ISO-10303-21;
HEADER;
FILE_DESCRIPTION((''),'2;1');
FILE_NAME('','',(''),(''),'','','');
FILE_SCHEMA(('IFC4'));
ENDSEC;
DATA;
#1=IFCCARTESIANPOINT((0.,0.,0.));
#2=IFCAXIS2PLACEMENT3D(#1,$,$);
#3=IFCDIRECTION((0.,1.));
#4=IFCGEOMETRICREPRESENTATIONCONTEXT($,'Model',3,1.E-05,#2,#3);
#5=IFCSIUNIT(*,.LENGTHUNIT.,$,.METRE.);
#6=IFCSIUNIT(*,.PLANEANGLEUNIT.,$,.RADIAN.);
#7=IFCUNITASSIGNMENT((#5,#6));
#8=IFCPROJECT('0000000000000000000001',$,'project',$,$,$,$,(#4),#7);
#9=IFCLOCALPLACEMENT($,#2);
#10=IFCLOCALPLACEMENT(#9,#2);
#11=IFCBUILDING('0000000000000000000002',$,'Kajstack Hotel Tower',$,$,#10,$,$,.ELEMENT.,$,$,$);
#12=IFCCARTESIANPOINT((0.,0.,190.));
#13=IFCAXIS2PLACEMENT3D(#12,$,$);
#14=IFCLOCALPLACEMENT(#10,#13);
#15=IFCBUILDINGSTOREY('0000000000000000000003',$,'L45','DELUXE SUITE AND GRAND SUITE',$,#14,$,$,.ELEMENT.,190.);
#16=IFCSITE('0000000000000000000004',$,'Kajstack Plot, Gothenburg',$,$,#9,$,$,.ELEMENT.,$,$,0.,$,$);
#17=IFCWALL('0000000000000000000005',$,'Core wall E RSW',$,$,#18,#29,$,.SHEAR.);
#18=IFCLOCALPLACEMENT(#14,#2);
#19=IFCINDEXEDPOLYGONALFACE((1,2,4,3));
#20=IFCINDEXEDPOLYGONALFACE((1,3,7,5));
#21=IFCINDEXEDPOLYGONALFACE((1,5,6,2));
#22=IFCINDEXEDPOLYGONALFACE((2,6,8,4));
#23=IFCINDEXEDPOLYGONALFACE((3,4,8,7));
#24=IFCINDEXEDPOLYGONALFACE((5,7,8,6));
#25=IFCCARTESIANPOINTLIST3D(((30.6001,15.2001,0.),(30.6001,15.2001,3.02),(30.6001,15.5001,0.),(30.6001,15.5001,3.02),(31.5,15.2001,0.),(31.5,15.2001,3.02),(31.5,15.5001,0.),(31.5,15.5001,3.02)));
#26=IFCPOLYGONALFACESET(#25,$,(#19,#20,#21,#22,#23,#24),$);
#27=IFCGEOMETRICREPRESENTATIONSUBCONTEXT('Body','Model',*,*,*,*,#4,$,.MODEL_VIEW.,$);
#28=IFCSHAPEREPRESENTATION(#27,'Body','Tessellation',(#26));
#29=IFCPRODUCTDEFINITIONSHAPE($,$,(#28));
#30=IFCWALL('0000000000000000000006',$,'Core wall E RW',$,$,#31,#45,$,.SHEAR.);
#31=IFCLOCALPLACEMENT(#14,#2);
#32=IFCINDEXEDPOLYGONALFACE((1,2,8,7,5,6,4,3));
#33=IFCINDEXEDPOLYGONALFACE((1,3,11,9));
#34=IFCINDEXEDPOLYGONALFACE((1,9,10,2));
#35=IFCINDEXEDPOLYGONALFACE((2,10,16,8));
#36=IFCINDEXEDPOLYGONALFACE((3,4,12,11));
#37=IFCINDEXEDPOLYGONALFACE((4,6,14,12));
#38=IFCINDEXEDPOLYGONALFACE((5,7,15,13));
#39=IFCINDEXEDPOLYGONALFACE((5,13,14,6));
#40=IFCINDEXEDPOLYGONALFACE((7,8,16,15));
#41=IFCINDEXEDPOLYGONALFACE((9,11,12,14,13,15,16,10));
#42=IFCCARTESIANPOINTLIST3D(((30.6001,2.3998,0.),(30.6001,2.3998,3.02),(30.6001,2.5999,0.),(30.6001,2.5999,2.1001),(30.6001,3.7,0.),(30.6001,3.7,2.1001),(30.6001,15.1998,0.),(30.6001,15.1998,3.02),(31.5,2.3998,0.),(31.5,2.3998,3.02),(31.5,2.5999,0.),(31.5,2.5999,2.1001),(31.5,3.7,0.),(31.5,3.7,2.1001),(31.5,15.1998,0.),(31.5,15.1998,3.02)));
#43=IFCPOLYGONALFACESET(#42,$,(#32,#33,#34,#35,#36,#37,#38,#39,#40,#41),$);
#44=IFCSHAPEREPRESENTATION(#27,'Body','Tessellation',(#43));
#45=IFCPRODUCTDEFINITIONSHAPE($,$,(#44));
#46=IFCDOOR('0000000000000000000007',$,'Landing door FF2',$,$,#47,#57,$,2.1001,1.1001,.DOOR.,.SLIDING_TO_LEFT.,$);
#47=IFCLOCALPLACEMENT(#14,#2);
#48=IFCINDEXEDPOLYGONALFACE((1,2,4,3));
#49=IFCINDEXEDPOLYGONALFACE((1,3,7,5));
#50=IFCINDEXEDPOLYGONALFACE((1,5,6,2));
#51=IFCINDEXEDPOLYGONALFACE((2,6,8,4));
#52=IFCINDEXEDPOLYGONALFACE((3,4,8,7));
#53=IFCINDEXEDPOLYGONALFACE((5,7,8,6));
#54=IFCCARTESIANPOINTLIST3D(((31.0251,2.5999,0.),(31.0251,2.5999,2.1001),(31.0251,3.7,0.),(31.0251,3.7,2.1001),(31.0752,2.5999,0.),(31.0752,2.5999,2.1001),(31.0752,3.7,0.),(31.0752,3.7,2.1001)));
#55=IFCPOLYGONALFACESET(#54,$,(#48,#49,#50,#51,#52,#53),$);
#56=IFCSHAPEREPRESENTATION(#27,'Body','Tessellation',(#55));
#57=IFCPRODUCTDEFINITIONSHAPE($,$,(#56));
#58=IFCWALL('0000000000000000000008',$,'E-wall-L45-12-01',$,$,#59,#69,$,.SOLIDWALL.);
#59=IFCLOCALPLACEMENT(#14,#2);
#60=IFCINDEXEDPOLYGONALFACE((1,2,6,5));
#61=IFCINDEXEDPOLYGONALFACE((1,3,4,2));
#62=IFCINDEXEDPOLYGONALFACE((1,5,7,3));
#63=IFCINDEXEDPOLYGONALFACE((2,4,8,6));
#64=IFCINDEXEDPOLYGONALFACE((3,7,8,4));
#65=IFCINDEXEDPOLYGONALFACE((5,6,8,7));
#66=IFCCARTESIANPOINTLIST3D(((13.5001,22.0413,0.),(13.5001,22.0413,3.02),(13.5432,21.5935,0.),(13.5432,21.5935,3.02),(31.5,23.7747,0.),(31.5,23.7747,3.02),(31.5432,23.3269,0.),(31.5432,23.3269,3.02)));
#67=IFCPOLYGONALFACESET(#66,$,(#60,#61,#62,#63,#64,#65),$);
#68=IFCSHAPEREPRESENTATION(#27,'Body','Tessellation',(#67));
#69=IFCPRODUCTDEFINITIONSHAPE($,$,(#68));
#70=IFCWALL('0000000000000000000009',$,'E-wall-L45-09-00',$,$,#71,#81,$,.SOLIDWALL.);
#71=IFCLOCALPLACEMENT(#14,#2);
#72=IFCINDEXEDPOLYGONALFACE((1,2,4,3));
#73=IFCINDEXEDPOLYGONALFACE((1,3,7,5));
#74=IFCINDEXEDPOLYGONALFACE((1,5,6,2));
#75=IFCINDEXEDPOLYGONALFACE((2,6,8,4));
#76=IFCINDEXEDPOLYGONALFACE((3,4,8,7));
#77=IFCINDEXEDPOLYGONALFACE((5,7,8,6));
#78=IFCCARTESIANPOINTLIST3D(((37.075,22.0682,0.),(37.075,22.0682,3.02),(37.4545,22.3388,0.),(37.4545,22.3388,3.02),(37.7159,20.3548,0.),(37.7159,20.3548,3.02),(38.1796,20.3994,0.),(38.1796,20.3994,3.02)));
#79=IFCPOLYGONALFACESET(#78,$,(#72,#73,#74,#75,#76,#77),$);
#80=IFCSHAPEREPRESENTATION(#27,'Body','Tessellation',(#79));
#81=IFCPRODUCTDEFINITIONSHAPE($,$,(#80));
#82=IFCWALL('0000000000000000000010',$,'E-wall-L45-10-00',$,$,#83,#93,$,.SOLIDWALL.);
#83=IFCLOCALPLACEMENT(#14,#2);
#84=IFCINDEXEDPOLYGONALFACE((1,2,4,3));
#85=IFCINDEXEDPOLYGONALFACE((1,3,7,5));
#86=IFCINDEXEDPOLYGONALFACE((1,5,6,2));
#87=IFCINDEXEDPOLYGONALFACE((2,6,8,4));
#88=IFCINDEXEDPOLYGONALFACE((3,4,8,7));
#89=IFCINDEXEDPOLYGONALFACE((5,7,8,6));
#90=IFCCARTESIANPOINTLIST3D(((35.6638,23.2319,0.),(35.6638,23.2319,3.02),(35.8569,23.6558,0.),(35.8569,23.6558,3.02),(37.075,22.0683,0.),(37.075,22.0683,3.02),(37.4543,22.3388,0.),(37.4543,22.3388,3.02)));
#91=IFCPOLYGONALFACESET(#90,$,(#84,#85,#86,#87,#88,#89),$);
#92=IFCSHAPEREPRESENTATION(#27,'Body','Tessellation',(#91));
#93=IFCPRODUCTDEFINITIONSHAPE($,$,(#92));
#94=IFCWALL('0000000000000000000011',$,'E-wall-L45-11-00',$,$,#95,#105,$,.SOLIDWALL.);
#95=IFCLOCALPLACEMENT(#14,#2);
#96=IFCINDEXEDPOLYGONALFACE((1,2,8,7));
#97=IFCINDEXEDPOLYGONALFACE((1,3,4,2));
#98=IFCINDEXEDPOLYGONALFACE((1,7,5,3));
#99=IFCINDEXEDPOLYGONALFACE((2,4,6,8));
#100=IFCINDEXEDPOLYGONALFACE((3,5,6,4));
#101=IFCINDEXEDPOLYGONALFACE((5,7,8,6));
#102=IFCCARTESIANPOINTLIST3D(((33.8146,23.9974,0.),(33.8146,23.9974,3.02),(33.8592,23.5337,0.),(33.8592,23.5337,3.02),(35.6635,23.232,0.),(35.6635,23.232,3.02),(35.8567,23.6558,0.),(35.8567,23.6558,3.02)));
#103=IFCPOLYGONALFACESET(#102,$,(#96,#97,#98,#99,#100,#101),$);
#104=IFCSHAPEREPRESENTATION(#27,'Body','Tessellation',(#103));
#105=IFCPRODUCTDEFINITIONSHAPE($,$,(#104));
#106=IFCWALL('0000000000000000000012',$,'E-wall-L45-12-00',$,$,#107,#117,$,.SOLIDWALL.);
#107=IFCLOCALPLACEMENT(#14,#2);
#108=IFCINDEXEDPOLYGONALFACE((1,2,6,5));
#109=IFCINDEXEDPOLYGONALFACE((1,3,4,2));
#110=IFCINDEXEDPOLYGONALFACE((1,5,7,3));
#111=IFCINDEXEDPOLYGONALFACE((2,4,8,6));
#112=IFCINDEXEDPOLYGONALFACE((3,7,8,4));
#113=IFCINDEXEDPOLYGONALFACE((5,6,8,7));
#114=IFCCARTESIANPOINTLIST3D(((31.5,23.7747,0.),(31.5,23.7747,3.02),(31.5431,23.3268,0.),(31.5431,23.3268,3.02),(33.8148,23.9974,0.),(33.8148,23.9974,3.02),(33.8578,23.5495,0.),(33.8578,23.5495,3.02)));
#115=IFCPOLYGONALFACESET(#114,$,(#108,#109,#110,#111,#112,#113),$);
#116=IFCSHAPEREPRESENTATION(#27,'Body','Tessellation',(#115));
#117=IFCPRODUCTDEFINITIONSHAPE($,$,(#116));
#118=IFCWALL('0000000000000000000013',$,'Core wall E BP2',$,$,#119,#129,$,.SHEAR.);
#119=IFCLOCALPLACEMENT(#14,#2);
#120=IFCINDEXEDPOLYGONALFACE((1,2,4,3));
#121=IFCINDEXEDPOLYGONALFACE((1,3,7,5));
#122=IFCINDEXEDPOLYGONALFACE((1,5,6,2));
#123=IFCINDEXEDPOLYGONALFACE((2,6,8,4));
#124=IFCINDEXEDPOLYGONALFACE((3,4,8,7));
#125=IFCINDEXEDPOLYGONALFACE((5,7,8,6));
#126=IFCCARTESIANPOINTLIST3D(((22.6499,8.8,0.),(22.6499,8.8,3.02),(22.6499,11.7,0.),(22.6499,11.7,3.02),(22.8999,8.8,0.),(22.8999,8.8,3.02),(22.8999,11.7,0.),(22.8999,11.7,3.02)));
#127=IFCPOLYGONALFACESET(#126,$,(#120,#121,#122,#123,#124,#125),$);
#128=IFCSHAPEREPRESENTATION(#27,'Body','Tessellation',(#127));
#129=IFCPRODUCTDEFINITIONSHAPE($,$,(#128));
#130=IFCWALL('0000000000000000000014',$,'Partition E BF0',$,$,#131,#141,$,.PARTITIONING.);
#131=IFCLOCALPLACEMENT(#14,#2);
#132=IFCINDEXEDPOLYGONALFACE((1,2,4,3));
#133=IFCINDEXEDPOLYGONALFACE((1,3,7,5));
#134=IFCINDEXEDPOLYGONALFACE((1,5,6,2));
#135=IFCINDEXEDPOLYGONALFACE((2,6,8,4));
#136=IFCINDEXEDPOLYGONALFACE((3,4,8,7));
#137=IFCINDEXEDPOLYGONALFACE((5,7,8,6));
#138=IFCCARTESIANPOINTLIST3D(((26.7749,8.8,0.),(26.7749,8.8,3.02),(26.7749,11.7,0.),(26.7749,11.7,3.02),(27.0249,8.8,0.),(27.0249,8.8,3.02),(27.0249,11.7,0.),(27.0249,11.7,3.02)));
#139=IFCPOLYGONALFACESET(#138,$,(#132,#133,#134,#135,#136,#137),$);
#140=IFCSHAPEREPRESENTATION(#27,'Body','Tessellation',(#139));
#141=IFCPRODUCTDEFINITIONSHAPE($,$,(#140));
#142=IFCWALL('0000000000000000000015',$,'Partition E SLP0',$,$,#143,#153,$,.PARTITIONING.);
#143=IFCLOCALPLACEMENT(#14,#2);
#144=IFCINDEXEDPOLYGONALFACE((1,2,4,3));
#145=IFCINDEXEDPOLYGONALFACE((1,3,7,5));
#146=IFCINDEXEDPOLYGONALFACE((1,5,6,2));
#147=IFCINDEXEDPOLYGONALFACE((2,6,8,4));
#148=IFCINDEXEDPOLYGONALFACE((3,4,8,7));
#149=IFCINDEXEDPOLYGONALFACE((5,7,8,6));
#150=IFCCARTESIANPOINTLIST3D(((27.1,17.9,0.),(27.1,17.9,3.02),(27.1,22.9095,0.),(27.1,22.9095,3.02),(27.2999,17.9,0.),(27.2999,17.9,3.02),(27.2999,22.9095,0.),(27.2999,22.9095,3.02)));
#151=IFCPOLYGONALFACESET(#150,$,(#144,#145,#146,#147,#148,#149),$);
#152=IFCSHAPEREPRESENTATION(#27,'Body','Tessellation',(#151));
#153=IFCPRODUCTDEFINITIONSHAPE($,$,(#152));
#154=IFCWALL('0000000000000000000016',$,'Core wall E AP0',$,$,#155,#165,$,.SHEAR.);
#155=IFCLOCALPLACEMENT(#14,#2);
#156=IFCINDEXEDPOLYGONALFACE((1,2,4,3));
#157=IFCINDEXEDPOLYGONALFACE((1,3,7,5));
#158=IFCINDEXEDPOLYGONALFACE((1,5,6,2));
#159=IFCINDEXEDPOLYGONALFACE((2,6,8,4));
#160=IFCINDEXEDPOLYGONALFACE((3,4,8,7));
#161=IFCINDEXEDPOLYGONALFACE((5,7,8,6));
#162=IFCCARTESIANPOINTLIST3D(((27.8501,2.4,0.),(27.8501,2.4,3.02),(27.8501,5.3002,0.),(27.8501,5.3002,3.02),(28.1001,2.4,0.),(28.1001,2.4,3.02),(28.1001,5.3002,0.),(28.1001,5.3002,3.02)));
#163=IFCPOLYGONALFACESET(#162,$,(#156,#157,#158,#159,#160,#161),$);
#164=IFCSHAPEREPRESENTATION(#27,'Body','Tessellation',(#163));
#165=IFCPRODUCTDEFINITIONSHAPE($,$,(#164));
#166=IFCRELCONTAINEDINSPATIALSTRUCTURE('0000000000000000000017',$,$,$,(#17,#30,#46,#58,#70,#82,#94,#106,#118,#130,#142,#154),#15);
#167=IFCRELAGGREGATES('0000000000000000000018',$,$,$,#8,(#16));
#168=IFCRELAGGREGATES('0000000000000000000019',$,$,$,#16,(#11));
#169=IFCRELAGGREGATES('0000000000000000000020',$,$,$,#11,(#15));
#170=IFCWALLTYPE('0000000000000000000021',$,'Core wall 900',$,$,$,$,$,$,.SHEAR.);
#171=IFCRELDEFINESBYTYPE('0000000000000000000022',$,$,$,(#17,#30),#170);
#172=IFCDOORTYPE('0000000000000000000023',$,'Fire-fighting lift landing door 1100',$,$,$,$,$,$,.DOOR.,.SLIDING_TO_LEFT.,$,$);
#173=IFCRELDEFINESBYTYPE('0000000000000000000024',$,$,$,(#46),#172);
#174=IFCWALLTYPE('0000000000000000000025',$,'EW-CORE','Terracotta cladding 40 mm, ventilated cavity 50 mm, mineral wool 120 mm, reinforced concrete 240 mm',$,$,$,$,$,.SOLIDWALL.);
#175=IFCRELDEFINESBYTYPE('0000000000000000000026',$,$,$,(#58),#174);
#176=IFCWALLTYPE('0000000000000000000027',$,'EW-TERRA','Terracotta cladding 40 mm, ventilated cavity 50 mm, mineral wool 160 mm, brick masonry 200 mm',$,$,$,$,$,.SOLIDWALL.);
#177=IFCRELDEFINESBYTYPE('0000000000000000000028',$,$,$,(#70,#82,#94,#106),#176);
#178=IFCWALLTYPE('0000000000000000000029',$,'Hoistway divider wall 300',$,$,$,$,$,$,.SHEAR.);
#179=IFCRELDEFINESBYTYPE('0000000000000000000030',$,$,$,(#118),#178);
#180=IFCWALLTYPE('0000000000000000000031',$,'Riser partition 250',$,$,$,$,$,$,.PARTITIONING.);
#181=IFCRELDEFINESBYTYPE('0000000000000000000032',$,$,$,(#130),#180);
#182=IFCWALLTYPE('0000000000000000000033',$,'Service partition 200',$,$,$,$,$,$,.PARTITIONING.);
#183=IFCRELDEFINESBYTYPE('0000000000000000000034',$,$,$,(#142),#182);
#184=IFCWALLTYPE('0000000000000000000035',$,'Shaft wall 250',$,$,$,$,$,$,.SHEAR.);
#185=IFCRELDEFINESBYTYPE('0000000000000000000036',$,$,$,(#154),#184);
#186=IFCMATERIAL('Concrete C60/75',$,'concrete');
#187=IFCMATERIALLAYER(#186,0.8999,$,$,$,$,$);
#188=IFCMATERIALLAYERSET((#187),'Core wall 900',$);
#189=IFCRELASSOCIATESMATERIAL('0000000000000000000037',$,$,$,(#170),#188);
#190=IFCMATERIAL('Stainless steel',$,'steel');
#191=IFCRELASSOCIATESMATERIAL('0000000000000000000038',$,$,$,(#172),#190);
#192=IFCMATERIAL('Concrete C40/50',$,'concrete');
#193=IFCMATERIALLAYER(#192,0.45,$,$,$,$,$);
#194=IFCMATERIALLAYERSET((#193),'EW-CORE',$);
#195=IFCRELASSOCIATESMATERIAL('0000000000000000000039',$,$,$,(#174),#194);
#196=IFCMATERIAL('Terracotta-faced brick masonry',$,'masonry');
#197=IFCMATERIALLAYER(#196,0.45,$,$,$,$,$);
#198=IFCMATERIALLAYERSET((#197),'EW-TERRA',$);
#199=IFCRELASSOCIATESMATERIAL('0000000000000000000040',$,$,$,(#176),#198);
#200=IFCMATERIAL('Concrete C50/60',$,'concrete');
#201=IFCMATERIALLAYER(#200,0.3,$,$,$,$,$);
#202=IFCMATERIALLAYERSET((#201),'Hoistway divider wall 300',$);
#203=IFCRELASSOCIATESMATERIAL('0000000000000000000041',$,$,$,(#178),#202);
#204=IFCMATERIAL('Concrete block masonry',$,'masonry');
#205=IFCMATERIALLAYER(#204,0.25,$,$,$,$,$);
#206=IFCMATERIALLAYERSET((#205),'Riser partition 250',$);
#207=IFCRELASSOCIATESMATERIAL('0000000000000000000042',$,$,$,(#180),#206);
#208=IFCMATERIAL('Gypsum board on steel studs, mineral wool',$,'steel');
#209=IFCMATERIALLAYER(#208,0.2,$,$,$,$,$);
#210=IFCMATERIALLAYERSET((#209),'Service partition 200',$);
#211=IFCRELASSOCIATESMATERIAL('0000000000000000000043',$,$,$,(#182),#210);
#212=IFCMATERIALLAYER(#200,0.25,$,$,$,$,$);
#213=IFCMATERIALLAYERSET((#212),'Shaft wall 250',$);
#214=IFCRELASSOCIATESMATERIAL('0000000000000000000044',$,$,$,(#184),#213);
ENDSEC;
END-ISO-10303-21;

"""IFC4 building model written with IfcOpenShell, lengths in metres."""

from ifc_helpers import new_model, si_unit, direction, frame, frame_2d, origin, place, context, subcontext, project, spatial, polyline, rectangle, outline, extrude, material, layer, layer_set, type_object, element, fill, save


model = new_model("IFC4")

# Units and contexts
model_context = context("Model", 3, precision=1e-05, world=origin(), true_north=direction((0.0, 1.0)))
body_context = subcontext(model_context, "Body", "Model", "MODEL_VIEW")
ifc_project = project(units=[si_unit("LENGTHUNIT", "METRE"), si_unit("PLANEANGLEUNIT", "RADIAN")], contexts=[model_context])

# Site, building, storey
site_placement = place(None, origin())
site = spatial("IfcSite", under=ifc_project, at=site_placement, Name="Kajstack Plot, Gothenburg", CompositionType="ELEMENT", RefElevation=0.0)
building_placement = place(site_placement, origin())
building = spatial("IfcBuilding", under=site, at=building_placement, Name="Kajstack Hotel Tower", CompositionType="ELEMENT")
storey_placement = place(building_placement, frame((0.0, 0.0, 190.0)))
storey = spatial("IfcBuildingStorey", under=building, at=storey_placement, Name="L45", Description="DELUXE SUITE AND GRAND SUITE", CompositionType="ELEMENT", Elevation=190.0)

# Wall
ifc_material_1 = material(Name="Concrete C60/75", Category="concrete")
ifc_layer_1 = layer(ifc_material_1, 0.8999)
ifc_layer_set_1 = layer_set([ifc_layer_1], Name="Core wall 900")
wall_type_1 = type_object("IfcWallType", Name="Core wall 900", PredefinedType="SHEAR", material=ifc_layer_set_1)
wall_1_placement = place(storey_placement, frame((30.6001, 15.3501, 0.0), z_axis=(0.0, 0.0, 1.0), x_axis=(1.0, 0.0, 0.0)))
element("IfcWall", 1, at=wall_1_placement, inside=storey, type_object=wall_type_1, Name="Core wall E RSW", PredefinedType="SHEAR", context=body_context, shape_type="SweptSolid", body=[
    extrude(rectangle(XDim=0.8999, YDim=0.3, at=frame_2d((0.45, 0.0))), origin(), (0.0, 0.0, 1.0), 3.02),
])

# Wall, opening, door
wall_2_placement = place(storey_placement, frame((31.05, 2.3999, 0.0), z_axis=(0.0, 0.0, 1.0), x_axis=(0.0, 1.0, 0.0)))
wall_2 = element("IfcWall", 2, at=wall_2_placement, inside=storey, type_object=wall_type_1, Name="Core wall E RW", PredefinedType="SHEAR", context=body_context, shape_type="SweptSolid", body=[
    extrude(rectangle(XDim=12.8, YDim=0.8999, at=frame_2d((6.3999, 0.0))), origin(), (0.0, 0.0, 1.0), 3.02),
])
opening_1_placement = place(wall_2_placement, frame((0.2, 0.0, 0.0)))
opening_1 = element("IfcOpeningElement", 3, at=opening_1_placement, cuts=wall_2, PredefinedType="OPENING", context=body_context, shape_type="SweptSolid", body=[
    extrude(rectangle(XDim=1.1001, YDim=2.1001, at=frame_2d((0.55, 1.05))), frame((0.0, 0.46, 0.0), z_axis=(0.0, -1.0, 0.0), x_axis=(1.0, 0.0, 0.0)), (0.0, 0.0, 1.0), 0.9199),
])
ifc_material_2 = material(Name="Stainless steel", Category="steel")
door_type_1 = type_object("IfcDoorType", Name="Fire-fighting lift landing door 1100", OperationType="SLIDING_TO_LEFT", PredefinedType="DOOR", material=ifc_material_2)
door_1_placement = place(opening_1_placement, origin())
door_1 = element("IfcDoor", 4, at=door_1_placement, inside=storey, type_object=door_type_1, Name="Landing door FF2", OperationType="SLIDING_TO_LEFT", OverallHeight=2.1001, OverallWidth=1.1001, PredefinedType="DOOR", context=body_context, shape_type="SweptSolid", body=[
    extrude(rectangle(XDim=1.1001, YDim=2.1001, at=frame_2d((0.55, 1.05))), frame((0.0, 0.0249, 0.0), z_axis=(0.0, -1.0, 0.0), x_axis=(1.0, 0.0, 0.0)), (0.0, 0.0, 1.0), 0.05),
])
fill(opening_1, door_1)

# Walls
ifc_material_3 = material(Name="Concrete C40/50", Category="concrete")
ifc_layer_2 = layer(ifc_material_3, 0.45)
ifc_layer_set_2 = layer_set([ifc_layer_2], Name="EW-CORE")
wall_type_2 = type_object("IfcWallType", Name="EW-CORE", Description="Terracotta cladding 40 mm, ventilated cavity 50 mm, mineral wool 120 mm, reinforced concrete 240 mm", PredefinedType="SOLIDWALL", material=ifc_layer_set_2)
wall_3_placement = place(storey_placement, frame((31.5215, 23.5508, 0.0), z_axis=(0.0, 0.0, 1.0), x_axis=(-0.995395, -0.095856, 0.0)))
element("IfcWall", 5, at=wall_3_placement, inside=storey, type_object=wall_type_2, Name="E-wall-L45-12-01", PredefinedType="SOLIDWALL", context=body_context, shape_type="SweptSolid", body=[
    extrude(rectangle(XDim=18.0833, YDim=0.45, at=frame_2d((9.0415, 0.0))), origin(), (0.0, 0.0, 1.0), 3.02),
])
ifc_material_4 = material(Name="Terracotta-faced brick masonry", Category="masonry")
ifc_layer_3 = layer(ifc_material_4, 0.45)
ifc_layer_set_3 = layer_set([ifc_layer_3], Name="EW-TERRA")
wall_type_3 = type_object("IfcWallType", Name="EW-TERRA", Description="Terracotta cladding 40 mm, ventilated cavity 50 mm, mineral wool 160 mm, brick masonry 200 mm", PredefinedType="SOLIDWALL", material=ifc_layer_set_3)
wall_4_placement = place(storey_placement, frame((37.9688, 20.3206, 0.0), z_axis=(0.0, 0.0, 1.0), x_axis=(-0.350193, 0.936678, 0.0)))
element("IfcWall", 6, at=wall_4_placement, inside=storey, type_object=wall_type_3, Name="E-wall-L45-09-00", PredefinedType="SOLIDWALL", context=body_context, shape_type="SweptSolid", body=[
    extrude(outline(polyline([(0.0, -0.2251), (2.0706, -0.2251), (1.95, 0.2251), (0.1206, 0.2249), (0.0, -0.2251)])), origin(), (0.0, 0.0, 1.0), 3.02),
])
wall_5_placement = place(storey_placement, frame((37.3113, 22.1653, 0.0), z_axis=(0.0, 0.0, 1.0), x_axis=(-0.771651, 0.636046, 0.0)))
element("IfcWall", 7, at=wall_5_placement, inside=storey, type_object=wall_type_3, Name="E-wall-L45-10-00", PredefinedType="SOLIDWALL", context=body_context, shape_type="SweptSolid", body=[
    extrude(outline(polyline([(0.0, -0.2249), (2.0703, -0.2251), (1.9497, 0.2249), (0.1206, 0.2251), (0.0, -0.2249)])), origin(), (0.0, 0.0, 1.0), 3.02),
])
wall_6_placement = place(storey_placement, frame((35.8196, 23.4338, 0.0), z_axis=(0.0, 0.0, 1.0), x_axis=(-0.986279, 0.165087, 0.0)))
element("IfcWall", 8, at=wall_6_placement, inside=storey, type_object=wall_type_3, Name="E-wall-L45-11-00", PredefinedType="SOLIDWALL", context=body_context, shape_type="SweptSolid", body=[
    extrude(outline(polyline([(0.0, -0.2251), (2.0706, -0.2249), (1.95, 0.2251), (0.1206, 0.2249), (0.0, -0.2251)])), origin(), (0.0, 0.0, 1.0), 3.02),
])
wall_7_placement = place(storey_placement, frame((33.8362, 23.7734, 0.0), z_axis=(0.0, 0.0, 1.0), x_axis=(-0.995405, -0.09575, 0.0)))
element("IfcWall", 9, at=wall_7_placement, inside=storey, type_object=wall_type_3, Name="E-wall-L45-12-00", PredefinedType="SOLIDWALL", context=body_context, shape_type="SweptSolid", body=[
    extrude(rectangle(XDim=2.3254, YDim=0.45, at=frame_2d((1.1626, 0.0))), origin(), (0.0, 0.0, 1.0), 3.02),
])
ifc_material_5 = material(Name="Concrete C50/60", Category="concrete")
ifc_layer_4 = layer(ifc_material_5, 0.3)
ifc_layer_set_4 = layer_set([ifc_layer_4], Name="Hoistway divider wall 300")
wall_type_4 = type_object("IfcWallType", Name="Hoistway divider wall 300", PredefinedType="SHEAR", material=ifc_layer_set_4)
wall_8_placement = place(storey_placement, frame((22.7749, 8.8, 0.0), z_axis=(0.0, 0.0, 1.0), x_axis=(0.0, 1.0, 0.0)))
element("IfcWall", 10, at=wall_8_placement, inside=storey, type_object=wall_type_4, Name="Core wall E BP2", PredefinedType="SHEAR", context=body_context, shape_type="SweptSolid", body=[
    extrude(rectangle(XDim=2.8999, YDim=0.25, at=frame_2d((1.45, 0.0))), origin(), (0.0, 0.0, 1.0), 3.02),
])
ifc_material_6 = material(Name="Concrete block masonry", Category="masonry")
ifc_layer_5 = layer(ifc_material_6, 0.25)
ifc_layer_set_5 = layer_set([ifc_layer_5], Name="Riser partition 250")
wall_type_5 = type_object("IfcWallType", Name="Riser partition 250", PredefinedType="PARTITIONING", material=ifc_layer_set_5)
wall_9_placement = place(storey_placement, frame((26.8999, 8.8, 0.0), z_axis=(0.0, 0.0, 1.0), x_axis=(0.0, 1.0, 0.0)))
element("IfcWall", 11, at=wall_9_placement, inside=storey, type_object=wall_type_5, Name="Partition E BF0", PredefinedType="PARTITIONING", context=body_context, shape_type="SweptSolid", body=[
    extrude(rectangle(XDim=2.8999, YDim=0.25, at=frame_2d((1.45, 0.0))), origin(), (0.0, 0.0, 1.0), 3.02),
])
ifc_material_7 = material(Name="Gypsum board on steel studs, mineral wool", Category="steel")
ifc_layer_6 = layer(ifc_material_7, 0.2)
ifc_layer_set_6 = layer_set([ifc_layer_6], Name="Service partition 200")
wall_type_6 = type_object("IfcWallType", Name="Service partition 200", PredefinedType="PARTITIONING", material=ifc_layer_set_6)
wall_10_placement = place(storey_placement, frame((27.2, 17.8999, 0.0), z_axis=(0.0, 0.0, 1.0), x_axis=(0.0, 1.0, 0.0)))
element("IfcWall", 12, at=wall_10_placement, inside=storey, type_object=wall_type_6, Name="Partition E SLP0", PredefinedType="PARTITIONING", context=body_context, shape_type="SweptSolid", body=[
    extrude(rectangle(XDim=5.0095, YDim=0.2, at=frame_2d((2.5049, 0.0))), origin(), (0.0, 0.0, 1.0), 3.02),
])
ifc_layer_7 = layer(ifc_material_5, 0.25)
ifc_layer_set_7 = layer_set([ifc_layer_7], Name="Shaft wall 250")
wall_type_7 = type_object("IfcWallType", Name="Shaft wall 250", PredefinedType="SHEAR", material=ifc_layer_set_7)
wall_11_placement = place(storey_placement, frame((27.9751, 2.3999, 0.0), z_axis=(0.0, 0.0, 1.0), x_axis=(0.0, 1.0, 0.0)))
element("IfcWall", 13, at=wall_11_placement, inside=storey, type_object=wall_type_7, Name="Core wall E AP0", PredefinedType="SHEAR", context=body_context, shape_type="SweptSolid", body=[
    extrude(rectangle(XDim=2.9001, YDim=0.25, at=frame_2d((1.4502, 0.0))), origin(), (0.0, 0.0, 1.0), 3.02),
])

save(model, "model.ifc")
